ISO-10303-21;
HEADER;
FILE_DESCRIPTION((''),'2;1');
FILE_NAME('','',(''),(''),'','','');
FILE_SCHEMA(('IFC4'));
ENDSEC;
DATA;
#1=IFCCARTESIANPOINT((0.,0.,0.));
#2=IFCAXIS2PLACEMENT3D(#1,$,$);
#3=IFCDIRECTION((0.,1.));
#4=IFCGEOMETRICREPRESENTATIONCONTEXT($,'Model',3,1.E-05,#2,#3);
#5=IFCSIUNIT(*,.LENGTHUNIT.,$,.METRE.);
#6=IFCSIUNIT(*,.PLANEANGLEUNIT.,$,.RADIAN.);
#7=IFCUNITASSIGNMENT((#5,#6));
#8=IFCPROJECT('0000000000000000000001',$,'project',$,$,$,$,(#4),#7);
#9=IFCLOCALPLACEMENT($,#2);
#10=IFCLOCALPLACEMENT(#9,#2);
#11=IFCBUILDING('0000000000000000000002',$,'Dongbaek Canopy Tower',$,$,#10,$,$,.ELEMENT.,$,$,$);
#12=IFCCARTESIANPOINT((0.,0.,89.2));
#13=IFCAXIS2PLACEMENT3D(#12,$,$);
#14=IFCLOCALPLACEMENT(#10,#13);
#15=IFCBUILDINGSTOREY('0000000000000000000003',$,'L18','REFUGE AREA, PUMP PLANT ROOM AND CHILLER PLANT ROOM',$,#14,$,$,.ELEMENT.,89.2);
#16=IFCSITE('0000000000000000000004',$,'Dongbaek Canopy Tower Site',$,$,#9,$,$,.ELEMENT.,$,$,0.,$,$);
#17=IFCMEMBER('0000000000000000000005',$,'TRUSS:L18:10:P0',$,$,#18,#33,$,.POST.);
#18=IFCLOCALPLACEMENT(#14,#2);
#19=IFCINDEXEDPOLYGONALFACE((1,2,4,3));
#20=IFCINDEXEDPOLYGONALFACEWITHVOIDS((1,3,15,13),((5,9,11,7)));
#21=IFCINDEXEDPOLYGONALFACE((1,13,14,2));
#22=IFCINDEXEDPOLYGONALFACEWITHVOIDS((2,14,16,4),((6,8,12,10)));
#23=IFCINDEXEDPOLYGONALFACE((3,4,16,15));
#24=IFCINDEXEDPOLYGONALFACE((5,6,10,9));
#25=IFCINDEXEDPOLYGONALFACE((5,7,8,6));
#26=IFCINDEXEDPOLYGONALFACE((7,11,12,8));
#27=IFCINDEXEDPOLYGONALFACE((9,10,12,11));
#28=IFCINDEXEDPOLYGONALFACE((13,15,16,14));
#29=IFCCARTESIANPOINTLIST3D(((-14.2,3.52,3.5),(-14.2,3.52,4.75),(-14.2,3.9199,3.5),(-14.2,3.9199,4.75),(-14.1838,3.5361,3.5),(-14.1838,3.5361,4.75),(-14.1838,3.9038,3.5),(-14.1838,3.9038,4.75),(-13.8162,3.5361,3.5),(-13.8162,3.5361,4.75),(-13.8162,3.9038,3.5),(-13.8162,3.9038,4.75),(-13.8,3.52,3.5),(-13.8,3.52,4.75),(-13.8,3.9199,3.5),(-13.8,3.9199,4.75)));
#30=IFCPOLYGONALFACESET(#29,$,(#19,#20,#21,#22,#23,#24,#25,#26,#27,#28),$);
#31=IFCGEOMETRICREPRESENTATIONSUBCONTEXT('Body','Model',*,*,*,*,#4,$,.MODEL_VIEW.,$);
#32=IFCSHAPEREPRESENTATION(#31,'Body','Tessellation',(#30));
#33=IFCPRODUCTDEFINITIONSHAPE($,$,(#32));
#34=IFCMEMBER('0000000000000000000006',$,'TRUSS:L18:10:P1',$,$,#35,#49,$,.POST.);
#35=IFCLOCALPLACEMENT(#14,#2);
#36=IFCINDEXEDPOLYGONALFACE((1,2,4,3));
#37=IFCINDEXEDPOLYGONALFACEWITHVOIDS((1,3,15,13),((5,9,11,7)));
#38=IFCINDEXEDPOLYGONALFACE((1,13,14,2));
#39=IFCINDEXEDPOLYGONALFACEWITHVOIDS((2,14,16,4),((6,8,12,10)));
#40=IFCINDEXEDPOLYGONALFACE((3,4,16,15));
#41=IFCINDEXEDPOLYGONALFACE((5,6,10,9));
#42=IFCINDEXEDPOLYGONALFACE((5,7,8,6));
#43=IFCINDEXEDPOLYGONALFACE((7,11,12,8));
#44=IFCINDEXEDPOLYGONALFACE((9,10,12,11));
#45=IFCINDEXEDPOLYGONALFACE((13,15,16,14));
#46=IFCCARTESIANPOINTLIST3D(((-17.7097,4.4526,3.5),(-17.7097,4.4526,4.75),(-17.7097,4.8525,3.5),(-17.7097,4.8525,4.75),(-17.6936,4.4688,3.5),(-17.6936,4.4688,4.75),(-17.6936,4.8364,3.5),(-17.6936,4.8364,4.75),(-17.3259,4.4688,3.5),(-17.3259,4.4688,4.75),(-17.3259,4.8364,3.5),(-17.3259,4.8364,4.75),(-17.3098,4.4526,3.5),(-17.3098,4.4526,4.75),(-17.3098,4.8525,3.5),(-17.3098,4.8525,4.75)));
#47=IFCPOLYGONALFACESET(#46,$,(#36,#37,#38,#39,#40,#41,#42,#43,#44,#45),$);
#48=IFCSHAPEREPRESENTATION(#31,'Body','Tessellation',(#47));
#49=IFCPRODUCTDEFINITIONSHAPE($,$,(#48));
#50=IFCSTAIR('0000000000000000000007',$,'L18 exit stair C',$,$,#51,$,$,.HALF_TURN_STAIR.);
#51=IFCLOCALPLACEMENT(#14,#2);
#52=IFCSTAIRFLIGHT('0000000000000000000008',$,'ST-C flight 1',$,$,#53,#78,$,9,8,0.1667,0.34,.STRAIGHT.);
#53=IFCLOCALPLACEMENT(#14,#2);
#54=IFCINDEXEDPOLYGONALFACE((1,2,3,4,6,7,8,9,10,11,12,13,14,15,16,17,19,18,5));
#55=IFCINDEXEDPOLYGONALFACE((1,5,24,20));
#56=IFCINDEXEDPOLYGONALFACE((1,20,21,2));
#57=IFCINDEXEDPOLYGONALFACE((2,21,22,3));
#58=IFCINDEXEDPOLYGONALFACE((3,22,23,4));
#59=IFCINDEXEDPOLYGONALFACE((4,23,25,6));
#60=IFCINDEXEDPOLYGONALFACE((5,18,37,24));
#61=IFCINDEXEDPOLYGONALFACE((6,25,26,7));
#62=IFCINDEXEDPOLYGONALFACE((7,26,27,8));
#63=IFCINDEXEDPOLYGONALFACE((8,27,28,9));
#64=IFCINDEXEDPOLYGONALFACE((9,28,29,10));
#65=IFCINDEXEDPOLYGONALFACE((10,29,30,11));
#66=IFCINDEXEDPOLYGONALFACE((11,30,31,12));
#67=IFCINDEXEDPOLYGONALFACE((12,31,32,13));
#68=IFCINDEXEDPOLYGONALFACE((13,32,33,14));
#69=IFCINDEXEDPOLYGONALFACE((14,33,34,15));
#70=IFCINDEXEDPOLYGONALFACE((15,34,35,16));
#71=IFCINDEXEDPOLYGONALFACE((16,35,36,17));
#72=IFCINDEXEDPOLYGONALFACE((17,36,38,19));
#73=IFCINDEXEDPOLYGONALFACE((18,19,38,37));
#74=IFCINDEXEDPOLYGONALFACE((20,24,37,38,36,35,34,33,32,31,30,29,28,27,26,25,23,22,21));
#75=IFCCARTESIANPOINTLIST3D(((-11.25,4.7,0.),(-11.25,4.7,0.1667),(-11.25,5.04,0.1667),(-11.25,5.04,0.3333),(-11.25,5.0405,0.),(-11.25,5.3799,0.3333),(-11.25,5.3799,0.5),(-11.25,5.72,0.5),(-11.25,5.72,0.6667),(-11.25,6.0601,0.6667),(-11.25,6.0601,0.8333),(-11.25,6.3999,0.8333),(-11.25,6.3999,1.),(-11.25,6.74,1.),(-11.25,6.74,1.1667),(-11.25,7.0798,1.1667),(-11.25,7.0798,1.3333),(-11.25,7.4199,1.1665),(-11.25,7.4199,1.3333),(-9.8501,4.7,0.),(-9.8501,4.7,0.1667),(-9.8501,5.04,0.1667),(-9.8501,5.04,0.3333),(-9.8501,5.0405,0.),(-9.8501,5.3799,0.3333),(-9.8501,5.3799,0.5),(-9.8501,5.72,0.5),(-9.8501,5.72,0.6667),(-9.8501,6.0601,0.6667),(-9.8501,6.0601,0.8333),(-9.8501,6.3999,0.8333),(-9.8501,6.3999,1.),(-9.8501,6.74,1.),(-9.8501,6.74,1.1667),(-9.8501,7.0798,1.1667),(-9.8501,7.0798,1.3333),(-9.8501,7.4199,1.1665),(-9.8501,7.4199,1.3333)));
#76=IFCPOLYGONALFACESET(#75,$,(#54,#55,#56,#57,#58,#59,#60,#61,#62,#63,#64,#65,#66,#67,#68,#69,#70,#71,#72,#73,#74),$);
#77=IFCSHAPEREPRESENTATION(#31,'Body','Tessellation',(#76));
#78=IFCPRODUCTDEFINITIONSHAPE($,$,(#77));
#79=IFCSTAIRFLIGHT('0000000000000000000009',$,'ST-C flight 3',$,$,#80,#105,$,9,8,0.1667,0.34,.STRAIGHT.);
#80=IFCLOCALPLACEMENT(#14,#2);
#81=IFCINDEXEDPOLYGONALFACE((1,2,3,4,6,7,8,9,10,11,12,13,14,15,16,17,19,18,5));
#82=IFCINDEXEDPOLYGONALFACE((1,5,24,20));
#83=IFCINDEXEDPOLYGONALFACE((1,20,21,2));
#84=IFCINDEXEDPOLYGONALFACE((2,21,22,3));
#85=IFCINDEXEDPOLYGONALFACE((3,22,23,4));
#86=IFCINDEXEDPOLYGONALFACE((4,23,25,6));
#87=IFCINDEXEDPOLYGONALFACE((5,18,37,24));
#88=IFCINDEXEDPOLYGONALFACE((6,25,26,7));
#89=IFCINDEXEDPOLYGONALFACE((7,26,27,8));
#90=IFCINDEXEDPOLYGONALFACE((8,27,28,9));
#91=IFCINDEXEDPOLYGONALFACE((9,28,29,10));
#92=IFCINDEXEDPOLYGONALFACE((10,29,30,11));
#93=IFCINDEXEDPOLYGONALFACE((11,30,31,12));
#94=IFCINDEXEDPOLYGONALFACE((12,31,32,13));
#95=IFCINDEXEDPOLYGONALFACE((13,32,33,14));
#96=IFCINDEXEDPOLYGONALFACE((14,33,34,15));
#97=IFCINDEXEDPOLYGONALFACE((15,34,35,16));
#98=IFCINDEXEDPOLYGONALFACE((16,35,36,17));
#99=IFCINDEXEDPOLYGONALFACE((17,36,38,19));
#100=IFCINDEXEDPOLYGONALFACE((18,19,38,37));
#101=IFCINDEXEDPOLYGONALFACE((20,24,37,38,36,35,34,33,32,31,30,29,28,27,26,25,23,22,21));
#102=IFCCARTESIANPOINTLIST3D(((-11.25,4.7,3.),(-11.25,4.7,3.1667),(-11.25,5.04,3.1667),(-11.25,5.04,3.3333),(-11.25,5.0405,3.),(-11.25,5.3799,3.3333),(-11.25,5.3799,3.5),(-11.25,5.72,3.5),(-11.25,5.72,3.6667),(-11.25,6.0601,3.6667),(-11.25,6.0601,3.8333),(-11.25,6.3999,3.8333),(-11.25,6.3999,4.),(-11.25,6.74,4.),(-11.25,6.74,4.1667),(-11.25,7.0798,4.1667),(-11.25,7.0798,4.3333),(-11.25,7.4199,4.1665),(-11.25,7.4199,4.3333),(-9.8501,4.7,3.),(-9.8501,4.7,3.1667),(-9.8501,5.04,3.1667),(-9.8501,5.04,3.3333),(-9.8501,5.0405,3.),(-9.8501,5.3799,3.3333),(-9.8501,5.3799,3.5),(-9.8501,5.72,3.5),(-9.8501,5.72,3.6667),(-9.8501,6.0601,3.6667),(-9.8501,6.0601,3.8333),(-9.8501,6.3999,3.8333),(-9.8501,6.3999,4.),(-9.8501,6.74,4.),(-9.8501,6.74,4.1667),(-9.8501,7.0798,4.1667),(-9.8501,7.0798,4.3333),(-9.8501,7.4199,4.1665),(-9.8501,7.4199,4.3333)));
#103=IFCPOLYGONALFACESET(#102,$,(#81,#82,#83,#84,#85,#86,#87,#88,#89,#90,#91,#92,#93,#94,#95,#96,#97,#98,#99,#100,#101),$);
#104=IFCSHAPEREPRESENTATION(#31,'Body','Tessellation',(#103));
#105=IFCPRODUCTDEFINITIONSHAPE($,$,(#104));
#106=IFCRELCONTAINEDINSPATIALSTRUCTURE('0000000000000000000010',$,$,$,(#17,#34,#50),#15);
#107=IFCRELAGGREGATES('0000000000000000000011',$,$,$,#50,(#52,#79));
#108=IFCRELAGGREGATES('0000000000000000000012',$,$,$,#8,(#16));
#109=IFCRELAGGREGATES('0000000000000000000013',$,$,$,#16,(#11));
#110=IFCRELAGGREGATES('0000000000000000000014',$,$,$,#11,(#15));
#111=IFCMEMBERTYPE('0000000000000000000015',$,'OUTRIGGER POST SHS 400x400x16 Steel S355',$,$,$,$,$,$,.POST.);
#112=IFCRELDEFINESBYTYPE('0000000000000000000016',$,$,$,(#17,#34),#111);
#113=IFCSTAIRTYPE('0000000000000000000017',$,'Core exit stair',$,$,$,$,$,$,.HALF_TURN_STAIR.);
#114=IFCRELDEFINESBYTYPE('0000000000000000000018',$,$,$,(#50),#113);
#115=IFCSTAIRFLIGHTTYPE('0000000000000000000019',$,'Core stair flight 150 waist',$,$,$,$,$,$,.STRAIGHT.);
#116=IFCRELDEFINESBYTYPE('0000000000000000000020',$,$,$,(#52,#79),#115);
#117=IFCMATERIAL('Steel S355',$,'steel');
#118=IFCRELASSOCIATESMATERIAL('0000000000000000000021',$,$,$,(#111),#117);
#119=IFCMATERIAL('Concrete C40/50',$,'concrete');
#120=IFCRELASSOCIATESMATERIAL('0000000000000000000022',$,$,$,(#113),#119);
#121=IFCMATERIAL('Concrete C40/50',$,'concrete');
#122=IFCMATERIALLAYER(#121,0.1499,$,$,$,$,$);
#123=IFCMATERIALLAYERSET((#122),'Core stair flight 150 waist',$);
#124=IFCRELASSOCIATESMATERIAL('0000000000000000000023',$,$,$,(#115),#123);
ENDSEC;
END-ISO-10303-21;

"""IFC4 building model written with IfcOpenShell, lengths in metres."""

from ifc_helpers import new_model, si_unit, direction, frame, origin, origin_2d, place, context, subcontext, project, spatial, polyline, hollow_rectangle, outline, extrude, material, layer, layer_set, material_profile, profile_set, type_object, element, aggregate, save


model = new_model("IFC4")

# Units and contexts
model_context = context("Model", 3, precision=1e-05, world=origin(), true_north=direction((0.0, 1.0)))
body_context = subcontext(model_context, "Body", "Model", "MODEL_VIEW")
ifc_project = project(units=[si_unit("LENGTHUNIT", "METRE"), si_unit("PLANEANGLEUNIT", "RADIAN")], contexts=[model_context])

# Site, building, storey
site_placement = place(None, origin())
site = spatial("IfcSite", under=ifc_project, at=site_placement, Name="Dongbaek Canopy Tower Site", CompositionType="ELEMENT", RefElevation=0.0)
building_placement = place(site_placement, origin())
building = spatial("IfcBuilding", under=site, at=building_placement, Name="Dongbaek Canopy Tower", CompositionType="ELEMENT")
storey_placement = place(building_placement, frame((0.0, 0.0, 89.2)))
storey = spatial("IfcBuildingStorey", under=building, at=storey_placement, Name="L18", Description="REFUGE AREA, PUMP PLANT ROOM AND CHILLER PLANT ROOM", CompositionType="ELEMENT", Elevation=89.2)

# Members
ifc_material_1 = material(Name="Steel S355", Category="steel")
ifc_material_profile_1 = material_profile(ifc_material_1, hollow_rectangle(XDim=0.3999, YDim=0.3999, WallThickness=0.0161, at=origin_2d()), Name="OUTRIGGER POST SHS 400x400x16 Steel S355")
ifc_profile_set_1 = profile_set([ifc_material_profile_1], Name="Steel S355")
member_type_1 = type_object("IfcMemberType", Name="OUTRIGGER POST SHS 400x400x16 Steel S355", PredefinedType="POST", material=ifc_profile_set_1)
for number, where, z_axis, x_axis, name in (
    (1, (-14.0, 3.72, 3.5), (0.0, 0.0, 1.0), (1.0, 0.0, 0.0), "TRUSS:L18:10:P0"),
    (2, (-17.5098, 4.6526, 3.5), (0.0, 0.0, 1.0), (1.0, 0.0, 0.0), "TRUSS:L18:10:P1"),
):
    element("IfcMember", number, at=place(storey_placement, frame(where, z_axis=z_axis, x_axis=x_axis)), inside=storey, type_object=member_type_1, Name=name, PredefinedType="POST", context=body_context, shape_type="SweptSolid", body=[
        extrude(hollow_rectangle(XDim=0.3999, YDim=0.3999, WallThickness=0.0161, at=origin_2d()), origin(), (0.0, 0.0, 1.0), 1.25),
    ])

# Stair, stair flights
ifc_material_2 = material(Name="Concrete C40/50", Category="concrete")
stair_type = type_object("IfcStairType", Name="Core exit stair", PredefinedType="HALF_TURN_STAIR", material=ifc_material_2)
stair_placement = place(storey_placement, origin())
stair = element("IfcStair", 3, at=stair_placement, inside=storey, type_object=stair_type, Name="L18 exit stair C", PredefinedType="HALF_TURN_STAIR")
ifc_material_3 = material(Name="Concrete C40/50", Category="concrete")
ifc_layer = layer(ifc_material_3, 0.1499)
ifc_layer_set = layer_set([ifc_layer], Name="Core stair flight 150 waist")
stair_flight_type = type_object("IfcStairFlightType", Name="Core stair flight 150 waist", PredefinedType="STRAIGHT", material=ifc_layer_set)
stair_flight_1_placement = place(storey_placement, frame((-10.55, 4.7, 0.0), z_axis=(0.0, 0.0, 1.0), x_axis=(0.0, 1.0, 0.0)))
stair_flight_1 = element("IfcStairFlight", 4, at=stair_flight_1_placement, type_object=stair_flight_type, Name="ST-C flight 1", NumberOfRisers=9, NumberOfTreads=8, PredefinedType="STRAIGHT", RiserHeight=0.1667, TreadLength=0.34, context=body_context, shape_type="SweptSolid", body=[
    extrude(outline(polyline([(0.0, 0.0), (0.0, 0.1667), (0.3401, 0.1667), (0.3401, 0.3333), (0.6799, 0.3333), (0.6799, 0.5), (1.02, 0.5), (1.02, 0.6667), (1.3601, 0.6667), (1.3601, 0.8333), (1.7, 0.8333), (1.7, 1.0), (2.04, 1.0), (2.04, 1.1667), (2.3799, 1.1667), (2.3799, 1.3333), (2.72, 1.3333), (2.72, 1.5), (2.72, 1.1665), (0.3406, 0.0), (0.0, 0.0)])), frame((0.0, 0.7, 0.0), z_axis=(0.0, -1.0, 0.0), x_axis=(1.0, 0.0, 0.0)), (0.0, 0.0, 1.0), 1.3999),
])
stair_flight_2_placement = place(storey_placement, frame((-10.55, 4.7, 3.0), z_axis=(0.0, 0.0, 1.0), x_axis=(0.0, 1.0, 0.0)))
stair_flight_2 = element("IfcStairFlight", 5, at=stair_flight_2_placement, type_object=stair_flight_type, Name="ST-C flight 3", NumberOfRisers=9, NumberOfTreads=8, PredefinedType="STRAIGHT", RiserHeight=0.1667, TreadLength=0.34, context=body_context, shape_type="SweptSolid", body=[
    extrude(outline(polyline([(0.0, 0.0), (0.0, 0.1667), (0.3401, 0.1667), (0.3401, 0.3333), (0.6799, 0.3333), (0.6799, 0.5), (1.02, 0.5), (1.02, 0.6667), (1.3601, 0.6667), (1.3601, 0.8333), (1.7, 0.8333), (1.7, 1.0), (2.04, 1.0), (2.04, 1.1667), (2.3799, 1.1667), (2.3799, 1.3333), (2.72, 1.3333), (2.72, 1.5), (2.72, 1.1665), (0.3406, 0.0), (0.0, 0.0)])), frame((0.0, 0.7, 0.0), z_axis=(0.0, -1.0, 0.0), x_axis=(1.0, 0.0, 0.0)), (0.0, 0.0, 1.0), 1.3999),
])
aggregate(stair, [stair_flight_1, stair_flight_2])

save(model, "model.ifc")
